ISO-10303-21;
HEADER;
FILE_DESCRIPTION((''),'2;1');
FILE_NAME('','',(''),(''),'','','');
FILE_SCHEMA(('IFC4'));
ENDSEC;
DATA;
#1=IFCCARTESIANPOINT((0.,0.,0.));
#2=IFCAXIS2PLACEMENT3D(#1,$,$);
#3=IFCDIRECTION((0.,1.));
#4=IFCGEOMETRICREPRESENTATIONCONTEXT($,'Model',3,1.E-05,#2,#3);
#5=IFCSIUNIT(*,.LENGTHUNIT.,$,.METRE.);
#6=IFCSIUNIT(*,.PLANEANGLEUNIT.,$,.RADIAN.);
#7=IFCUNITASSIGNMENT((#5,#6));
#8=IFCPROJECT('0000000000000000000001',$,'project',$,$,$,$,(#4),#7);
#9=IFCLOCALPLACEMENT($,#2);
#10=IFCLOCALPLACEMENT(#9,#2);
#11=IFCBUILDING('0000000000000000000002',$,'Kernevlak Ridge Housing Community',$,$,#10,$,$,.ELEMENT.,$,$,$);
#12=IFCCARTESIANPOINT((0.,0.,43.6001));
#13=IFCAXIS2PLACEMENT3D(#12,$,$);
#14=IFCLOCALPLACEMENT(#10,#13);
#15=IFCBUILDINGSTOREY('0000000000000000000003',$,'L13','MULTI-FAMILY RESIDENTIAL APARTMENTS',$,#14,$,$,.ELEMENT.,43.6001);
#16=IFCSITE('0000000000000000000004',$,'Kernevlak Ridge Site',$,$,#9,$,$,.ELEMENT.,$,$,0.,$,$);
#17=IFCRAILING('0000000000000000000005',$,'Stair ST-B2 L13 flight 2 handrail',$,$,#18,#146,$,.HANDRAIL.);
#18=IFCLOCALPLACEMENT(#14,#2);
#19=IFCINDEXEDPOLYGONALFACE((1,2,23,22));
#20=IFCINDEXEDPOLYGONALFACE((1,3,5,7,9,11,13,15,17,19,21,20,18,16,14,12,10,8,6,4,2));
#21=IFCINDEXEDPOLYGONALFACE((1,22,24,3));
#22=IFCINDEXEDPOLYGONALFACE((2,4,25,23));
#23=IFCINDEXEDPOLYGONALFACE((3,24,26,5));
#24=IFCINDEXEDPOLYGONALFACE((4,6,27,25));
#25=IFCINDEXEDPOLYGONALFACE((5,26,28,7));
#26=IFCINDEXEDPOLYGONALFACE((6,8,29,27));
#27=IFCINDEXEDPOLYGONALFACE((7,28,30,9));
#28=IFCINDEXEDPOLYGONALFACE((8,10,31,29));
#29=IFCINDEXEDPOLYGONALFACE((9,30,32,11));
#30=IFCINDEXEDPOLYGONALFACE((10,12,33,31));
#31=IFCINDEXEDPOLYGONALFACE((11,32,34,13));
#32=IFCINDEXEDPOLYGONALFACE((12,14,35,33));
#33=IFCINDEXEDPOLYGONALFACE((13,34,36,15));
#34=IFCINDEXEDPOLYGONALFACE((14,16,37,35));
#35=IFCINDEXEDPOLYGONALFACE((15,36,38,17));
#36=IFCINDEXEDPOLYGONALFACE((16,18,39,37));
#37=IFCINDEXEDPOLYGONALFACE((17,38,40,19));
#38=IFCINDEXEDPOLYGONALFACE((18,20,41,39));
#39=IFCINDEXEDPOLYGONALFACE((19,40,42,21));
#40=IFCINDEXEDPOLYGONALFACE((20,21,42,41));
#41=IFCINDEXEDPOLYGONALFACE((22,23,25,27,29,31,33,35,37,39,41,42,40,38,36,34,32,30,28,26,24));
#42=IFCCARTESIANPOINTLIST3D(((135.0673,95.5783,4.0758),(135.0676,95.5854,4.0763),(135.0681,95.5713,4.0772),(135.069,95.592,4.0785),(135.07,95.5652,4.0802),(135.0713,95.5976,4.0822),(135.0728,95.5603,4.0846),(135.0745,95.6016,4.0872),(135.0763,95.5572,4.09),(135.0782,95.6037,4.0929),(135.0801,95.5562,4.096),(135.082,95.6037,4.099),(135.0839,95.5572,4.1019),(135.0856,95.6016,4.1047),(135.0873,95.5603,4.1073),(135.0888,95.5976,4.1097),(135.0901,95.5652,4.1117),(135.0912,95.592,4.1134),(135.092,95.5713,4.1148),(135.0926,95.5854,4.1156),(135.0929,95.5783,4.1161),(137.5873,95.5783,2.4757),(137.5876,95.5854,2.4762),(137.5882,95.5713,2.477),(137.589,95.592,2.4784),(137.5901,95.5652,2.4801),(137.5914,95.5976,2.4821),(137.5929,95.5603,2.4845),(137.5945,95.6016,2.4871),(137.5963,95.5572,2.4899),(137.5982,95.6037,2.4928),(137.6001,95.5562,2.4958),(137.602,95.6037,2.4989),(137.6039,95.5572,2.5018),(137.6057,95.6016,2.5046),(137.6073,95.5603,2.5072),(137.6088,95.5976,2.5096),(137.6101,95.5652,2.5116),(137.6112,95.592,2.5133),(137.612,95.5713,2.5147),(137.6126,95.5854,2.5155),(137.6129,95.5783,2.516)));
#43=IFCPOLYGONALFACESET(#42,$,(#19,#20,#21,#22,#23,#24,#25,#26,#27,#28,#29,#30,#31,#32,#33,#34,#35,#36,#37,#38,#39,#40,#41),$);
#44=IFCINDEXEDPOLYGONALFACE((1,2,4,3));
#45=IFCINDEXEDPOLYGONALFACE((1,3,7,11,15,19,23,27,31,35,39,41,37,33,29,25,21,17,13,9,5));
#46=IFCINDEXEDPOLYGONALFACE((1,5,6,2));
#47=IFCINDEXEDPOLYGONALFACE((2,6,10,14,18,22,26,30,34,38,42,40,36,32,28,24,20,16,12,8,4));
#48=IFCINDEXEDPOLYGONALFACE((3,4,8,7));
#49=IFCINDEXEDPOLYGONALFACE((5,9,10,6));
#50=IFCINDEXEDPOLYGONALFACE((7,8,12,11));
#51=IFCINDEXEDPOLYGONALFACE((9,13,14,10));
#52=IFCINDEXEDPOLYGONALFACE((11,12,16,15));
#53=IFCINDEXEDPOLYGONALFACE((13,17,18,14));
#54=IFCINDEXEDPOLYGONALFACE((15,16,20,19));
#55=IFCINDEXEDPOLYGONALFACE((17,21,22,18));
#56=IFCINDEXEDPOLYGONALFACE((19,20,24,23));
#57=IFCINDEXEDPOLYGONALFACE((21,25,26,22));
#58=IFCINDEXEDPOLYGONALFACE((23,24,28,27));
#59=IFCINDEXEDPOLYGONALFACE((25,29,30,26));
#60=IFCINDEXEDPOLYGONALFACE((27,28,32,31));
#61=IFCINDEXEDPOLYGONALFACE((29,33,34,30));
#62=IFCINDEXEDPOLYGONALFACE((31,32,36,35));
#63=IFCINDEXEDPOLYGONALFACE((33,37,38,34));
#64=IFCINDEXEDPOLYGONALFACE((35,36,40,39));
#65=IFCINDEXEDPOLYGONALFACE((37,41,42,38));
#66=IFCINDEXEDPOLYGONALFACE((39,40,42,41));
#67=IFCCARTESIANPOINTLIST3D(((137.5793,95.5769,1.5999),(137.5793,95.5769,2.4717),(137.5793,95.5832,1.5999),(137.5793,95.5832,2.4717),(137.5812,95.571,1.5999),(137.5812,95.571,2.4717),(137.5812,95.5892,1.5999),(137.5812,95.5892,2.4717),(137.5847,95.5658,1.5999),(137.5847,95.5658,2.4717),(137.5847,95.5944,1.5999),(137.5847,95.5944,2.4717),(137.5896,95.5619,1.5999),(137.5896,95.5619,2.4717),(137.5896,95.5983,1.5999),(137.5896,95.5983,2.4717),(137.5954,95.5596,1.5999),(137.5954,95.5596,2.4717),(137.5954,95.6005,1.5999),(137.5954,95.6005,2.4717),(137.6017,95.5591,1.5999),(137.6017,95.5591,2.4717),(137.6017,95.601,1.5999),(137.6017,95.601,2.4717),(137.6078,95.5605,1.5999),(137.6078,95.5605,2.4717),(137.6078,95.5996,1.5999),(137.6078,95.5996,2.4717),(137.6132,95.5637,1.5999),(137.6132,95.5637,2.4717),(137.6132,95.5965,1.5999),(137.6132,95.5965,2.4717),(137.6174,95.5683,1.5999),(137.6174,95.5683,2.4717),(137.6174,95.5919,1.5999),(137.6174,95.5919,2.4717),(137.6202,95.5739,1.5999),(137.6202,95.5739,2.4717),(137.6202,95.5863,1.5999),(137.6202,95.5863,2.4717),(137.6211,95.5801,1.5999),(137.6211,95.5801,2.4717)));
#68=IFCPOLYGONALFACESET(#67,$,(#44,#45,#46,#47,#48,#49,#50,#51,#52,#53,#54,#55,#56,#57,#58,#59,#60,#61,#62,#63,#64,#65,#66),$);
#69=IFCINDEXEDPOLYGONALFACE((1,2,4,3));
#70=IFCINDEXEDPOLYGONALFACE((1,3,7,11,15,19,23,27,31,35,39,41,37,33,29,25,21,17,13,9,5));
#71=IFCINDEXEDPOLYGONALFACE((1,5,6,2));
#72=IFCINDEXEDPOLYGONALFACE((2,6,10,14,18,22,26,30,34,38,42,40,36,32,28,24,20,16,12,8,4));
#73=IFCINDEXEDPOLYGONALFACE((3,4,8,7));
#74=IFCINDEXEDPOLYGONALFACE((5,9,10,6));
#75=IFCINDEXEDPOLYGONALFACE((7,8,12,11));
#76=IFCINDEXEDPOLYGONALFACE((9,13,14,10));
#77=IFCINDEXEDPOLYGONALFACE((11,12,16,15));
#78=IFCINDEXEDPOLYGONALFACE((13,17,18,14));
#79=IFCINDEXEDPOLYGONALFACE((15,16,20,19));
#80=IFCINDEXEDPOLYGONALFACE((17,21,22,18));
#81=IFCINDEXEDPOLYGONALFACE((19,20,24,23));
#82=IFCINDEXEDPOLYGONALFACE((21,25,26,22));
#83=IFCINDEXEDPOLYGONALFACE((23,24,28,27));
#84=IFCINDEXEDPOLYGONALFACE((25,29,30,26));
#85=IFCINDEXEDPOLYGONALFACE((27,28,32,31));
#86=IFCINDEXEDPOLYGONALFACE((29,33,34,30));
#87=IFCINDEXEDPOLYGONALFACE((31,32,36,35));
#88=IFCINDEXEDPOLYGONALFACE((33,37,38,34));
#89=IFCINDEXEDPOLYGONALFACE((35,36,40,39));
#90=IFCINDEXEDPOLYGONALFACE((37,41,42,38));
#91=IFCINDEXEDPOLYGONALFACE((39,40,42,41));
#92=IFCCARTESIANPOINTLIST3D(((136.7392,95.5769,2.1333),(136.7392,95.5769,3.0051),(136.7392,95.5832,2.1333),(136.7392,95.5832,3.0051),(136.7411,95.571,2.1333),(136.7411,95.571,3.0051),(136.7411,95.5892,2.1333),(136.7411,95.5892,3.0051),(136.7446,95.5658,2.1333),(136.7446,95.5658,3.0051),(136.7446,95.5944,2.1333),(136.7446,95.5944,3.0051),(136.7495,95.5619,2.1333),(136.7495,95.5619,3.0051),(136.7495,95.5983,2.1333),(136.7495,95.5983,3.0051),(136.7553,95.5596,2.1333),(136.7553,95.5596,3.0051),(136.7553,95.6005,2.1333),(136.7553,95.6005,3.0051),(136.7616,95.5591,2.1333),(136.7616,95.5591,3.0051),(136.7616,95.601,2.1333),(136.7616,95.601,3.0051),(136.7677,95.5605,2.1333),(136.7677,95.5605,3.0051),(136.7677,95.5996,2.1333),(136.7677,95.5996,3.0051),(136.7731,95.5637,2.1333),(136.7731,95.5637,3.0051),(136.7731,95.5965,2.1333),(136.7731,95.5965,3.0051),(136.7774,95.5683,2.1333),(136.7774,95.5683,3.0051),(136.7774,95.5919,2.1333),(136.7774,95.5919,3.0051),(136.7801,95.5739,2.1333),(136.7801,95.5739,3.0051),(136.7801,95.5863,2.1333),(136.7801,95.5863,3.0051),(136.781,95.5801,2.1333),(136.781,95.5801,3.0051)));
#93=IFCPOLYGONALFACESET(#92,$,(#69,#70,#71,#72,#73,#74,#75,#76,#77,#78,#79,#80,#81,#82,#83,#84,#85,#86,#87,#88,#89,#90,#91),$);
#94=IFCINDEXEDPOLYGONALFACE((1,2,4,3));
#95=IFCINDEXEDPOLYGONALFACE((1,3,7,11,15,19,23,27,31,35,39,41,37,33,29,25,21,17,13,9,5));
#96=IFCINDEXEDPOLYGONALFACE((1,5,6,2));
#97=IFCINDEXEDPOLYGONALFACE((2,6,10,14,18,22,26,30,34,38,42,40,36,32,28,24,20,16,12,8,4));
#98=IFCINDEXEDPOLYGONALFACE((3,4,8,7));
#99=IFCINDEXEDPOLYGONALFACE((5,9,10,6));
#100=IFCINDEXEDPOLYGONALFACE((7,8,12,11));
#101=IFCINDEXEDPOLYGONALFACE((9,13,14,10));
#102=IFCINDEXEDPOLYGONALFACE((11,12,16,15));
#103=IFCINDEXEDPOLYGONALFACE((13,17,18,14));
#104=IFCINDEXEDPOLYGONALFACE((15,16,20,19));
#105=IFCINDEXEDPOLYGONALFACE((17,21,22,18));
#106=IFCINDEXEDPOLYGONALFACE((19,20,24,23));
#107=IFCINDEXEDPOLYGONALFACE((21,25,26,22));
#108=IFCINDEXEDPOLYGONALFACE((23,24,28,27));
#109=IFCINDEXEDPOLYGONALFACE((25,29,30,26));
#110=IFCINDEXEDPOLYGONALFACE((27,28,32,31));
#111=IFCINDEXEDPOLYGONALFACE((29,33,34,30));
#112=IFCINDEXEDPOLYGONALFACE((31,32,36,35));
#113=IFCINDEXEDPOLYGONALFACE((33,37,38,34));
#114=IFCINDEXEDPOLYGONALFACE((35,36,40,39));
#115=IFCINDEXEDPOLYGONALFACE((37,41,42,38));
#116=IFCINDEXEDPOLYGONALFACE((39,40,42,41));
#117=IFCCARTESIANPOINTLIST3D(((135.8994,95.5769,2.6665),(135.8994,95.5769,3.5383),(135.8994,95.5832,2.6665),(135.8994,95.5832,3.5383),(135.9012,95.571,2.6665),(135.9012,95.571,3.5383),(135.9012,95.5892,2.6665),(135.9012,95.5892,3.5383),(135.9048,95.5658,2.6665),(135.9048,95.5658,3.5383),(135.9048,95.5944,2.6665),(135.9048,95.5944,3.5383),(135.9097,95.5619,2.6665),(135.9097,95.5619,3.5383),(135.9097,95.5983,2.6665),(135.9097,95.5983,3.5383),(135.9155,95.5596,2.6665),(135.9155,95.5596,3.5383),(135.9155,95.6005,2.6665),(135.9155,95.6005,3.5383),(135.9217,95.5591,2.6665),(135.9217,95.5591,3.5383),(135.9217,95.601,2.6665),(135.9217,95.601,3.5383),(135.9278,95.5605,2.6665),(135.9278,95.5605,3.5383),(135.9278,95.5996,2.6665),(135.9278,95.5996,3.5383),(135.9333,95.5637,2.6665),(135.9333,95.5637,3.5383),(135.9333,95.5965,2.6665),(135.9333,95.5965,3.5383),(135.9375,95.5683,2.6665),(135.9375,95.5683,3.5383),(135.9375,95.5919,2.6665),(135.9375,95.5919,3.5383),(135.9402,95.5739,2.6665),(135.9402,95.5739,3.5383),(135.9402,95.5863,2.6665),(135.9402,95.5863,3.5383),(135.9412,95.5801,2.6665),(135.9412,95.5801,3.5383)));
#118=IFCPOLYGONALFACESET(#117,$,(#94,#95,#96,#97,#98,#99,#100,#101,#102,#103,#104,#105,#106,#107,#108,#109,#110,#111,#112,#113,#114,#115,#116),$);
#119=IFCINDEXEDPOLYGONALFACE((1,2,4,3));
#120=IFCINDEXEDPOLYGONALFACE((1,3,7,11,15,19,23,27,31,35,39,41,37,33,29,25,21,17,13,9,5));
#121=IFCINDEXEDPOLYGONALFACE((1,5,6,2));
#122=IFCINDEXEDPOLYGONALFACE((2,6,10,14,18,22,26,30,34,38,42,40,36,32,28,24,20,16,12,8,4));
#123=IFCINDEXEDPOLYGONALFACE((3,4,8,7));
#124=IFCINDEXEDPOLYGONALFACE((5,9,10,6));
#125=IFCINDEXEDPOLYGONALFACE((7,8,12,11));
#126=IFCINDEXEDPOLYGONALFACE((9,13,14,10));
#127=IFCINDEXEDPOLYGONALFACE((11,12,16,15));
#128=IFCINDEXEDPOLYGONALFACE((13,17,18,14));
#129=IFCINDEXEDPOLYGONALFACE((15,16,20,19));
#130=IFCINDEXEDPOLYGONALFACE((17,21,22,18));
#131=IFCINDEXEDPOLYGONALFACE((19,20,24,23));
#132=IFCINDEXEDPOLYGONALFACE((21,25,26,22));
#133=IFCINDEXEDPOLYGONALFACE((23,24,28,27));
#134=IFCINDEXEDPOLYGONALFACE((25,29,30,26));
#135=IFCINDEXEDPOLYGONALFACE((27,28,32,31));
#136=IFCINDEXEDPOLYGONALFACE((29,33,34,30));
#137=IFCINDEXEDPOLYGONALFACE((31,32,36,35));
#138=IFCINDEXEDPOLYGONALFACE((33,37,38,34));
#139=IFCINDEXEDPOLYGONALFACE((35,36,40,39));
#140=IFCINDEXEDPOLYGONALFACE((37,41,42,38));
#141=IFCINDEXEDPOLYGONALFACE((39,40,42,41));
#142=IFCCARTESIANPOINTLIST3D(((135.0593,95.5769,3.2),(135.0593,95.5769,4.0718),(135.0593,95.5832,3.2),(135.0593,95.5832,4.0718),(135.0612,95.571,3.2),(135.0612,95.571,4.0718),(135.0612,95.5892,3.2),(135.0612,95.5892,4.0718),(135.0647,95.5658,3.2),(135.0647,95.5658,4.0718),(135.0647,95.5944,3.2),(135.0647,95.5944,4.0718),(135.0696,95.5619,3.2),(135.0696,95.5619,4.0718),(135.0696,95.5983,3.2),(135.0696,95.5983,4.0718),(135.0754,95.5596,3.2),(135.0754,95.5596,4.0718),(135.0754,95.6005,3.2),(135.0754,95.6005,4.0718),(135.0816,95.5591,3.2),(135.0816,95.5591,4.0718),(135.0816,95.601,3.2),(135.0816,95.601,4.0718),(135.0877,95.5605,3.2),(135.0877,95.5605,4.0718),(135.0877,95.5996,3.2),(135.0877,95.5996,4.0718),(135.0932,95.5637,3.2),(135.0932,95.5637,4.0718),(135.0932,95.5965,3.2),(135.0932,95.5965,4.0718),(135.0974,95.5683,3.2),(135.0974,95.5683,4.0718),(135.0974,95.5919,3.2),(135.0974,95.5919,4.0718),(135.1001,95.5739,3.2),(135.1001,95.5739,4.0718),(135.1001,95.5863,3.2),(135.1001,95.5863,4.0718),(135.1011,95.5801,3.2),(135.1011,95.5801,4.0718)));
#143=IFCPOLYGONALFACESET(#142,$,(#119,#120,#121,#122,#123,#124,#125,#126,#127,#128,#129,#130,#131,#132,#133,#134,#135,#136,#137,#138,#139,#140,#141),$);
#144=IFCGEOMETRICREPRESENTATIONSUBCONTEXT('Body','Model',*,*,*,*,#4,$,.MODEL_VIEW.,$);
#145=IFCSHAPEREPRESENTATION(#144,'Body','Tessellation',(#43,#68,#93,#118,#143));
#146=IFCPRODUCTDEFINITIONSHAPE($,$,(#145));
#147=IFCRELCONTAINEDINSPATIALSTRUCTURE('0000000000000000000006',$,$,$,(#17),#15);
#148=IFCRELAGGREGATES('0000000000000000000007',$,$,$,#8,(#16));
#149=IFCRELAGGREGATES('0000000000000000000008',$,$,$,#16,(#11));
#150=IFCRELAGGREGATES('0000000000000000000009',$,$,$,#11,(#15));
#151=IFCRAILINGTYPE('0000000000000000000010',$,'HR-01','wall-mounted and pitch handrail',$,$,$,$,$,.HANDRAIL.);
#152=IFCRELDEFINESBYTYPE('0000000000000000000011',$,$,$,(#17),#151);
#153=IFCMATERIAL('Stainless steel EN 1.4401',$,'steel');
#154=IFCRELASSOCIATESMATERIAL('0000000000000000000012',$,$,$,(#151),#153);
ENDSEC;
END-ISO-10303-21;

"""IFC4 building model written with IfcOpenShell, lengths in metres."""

from ifc_helpers import new_model, si_unit, direction, frame, origin, origin_2d, place, context, subcontext, project, spatial, circle, extrude, material, type_object, element, save


model = new_model("IFC4")

# Units and contexts
model_context = context("Model", 3, precision=1e-05, world=origin(), true_north=direction((0.0, 1.0)))
body_context = subcontext(model_context, "Body", "Model", "MODEL_VIEW")
ifc_project = project(units=[si_unit("LENGTHUNIT", "METRE"), si_unit("PLANEANGLEUNIT", "RADIAN")], contexts=[model_context])

# Site, building, storey
site_placement = place(None, origin())
site = spatial("IfcSite", under=ifc_project, at=site_placement, Name="Kernevlak Ridge Site", CompositionType="ELEMENT", RefElevation=0.0)
building_placement = place(site_placement, origin())
building = spatial("IfcBuilding", under=site, at=building_placement, Name="Kernevlak Ridge Housing Community", CompositionType="ELEMENT")
storey_placement = place(building_placement, frame((0.0, 0.0, 43.6001)))
storey = spatial("IfcBuildingStorey", under=building, at=storey_placement, Name="L13", Description="MULTI-FAMILY RESIDENTIAL APARTMENTS", CompositionType="ELEMENT", Elevation=43.6001)

# Railing
ifc_material_1 = material(Name="Stainless steel EN 1.4401", Category="steel")
railing_type_1 = type_object("IfcRailingType", Name="HR-01", Description="wall-mounted and pitch handrail", PredefinedType="HANDRAIL", material=ifc_material_1)
railing_1_placement = place(storey_placement, frame((137.6001, 95.5801, 1.5999)))
element("IfcRailing", 1, at=railing_1_placement, inside=storey, type_object=railing_type_1, Name="Stair ST-B2 L13 flight 2 handrail", PredefinedType="HANDRAIL", context=body_context, shape_type="SweptSolid", body=[
    extrude(circle(Radius=0.0239, at=origin_2d()), frame((0.0, 0.0, 0.896), z_axis=(-0.8442, 0.0, 0.536028), x_axis=(0.0, -1.0, 0.0)), (0.0, 0.0, 1.0), 2.9851),
    extrude(circle(Radius=0.021, at=origin_2d()), origin(), (0.0, 0.0, 1.0), 0.8718),
    extrude(circle(Radius=0.021, at=origin_2d()), frame((-0.8401, 0.0, 0.5334)), (0.0, 0.0, 1.0), 0.8718),
    extrude(circle(Radius=0.021, at=origin_2d()), frame((-1.6799, 0.0, 1.0667)), (0.0, 0.0, 1.0), 0.8718),
    extrude(circle(Radius=0.021, at=origin_2d()), frame((-2.52, 0.0, 1.6001)), (0.0, 0.0, 1.0), 0.8718),
])

save(model, "model.ifc")
